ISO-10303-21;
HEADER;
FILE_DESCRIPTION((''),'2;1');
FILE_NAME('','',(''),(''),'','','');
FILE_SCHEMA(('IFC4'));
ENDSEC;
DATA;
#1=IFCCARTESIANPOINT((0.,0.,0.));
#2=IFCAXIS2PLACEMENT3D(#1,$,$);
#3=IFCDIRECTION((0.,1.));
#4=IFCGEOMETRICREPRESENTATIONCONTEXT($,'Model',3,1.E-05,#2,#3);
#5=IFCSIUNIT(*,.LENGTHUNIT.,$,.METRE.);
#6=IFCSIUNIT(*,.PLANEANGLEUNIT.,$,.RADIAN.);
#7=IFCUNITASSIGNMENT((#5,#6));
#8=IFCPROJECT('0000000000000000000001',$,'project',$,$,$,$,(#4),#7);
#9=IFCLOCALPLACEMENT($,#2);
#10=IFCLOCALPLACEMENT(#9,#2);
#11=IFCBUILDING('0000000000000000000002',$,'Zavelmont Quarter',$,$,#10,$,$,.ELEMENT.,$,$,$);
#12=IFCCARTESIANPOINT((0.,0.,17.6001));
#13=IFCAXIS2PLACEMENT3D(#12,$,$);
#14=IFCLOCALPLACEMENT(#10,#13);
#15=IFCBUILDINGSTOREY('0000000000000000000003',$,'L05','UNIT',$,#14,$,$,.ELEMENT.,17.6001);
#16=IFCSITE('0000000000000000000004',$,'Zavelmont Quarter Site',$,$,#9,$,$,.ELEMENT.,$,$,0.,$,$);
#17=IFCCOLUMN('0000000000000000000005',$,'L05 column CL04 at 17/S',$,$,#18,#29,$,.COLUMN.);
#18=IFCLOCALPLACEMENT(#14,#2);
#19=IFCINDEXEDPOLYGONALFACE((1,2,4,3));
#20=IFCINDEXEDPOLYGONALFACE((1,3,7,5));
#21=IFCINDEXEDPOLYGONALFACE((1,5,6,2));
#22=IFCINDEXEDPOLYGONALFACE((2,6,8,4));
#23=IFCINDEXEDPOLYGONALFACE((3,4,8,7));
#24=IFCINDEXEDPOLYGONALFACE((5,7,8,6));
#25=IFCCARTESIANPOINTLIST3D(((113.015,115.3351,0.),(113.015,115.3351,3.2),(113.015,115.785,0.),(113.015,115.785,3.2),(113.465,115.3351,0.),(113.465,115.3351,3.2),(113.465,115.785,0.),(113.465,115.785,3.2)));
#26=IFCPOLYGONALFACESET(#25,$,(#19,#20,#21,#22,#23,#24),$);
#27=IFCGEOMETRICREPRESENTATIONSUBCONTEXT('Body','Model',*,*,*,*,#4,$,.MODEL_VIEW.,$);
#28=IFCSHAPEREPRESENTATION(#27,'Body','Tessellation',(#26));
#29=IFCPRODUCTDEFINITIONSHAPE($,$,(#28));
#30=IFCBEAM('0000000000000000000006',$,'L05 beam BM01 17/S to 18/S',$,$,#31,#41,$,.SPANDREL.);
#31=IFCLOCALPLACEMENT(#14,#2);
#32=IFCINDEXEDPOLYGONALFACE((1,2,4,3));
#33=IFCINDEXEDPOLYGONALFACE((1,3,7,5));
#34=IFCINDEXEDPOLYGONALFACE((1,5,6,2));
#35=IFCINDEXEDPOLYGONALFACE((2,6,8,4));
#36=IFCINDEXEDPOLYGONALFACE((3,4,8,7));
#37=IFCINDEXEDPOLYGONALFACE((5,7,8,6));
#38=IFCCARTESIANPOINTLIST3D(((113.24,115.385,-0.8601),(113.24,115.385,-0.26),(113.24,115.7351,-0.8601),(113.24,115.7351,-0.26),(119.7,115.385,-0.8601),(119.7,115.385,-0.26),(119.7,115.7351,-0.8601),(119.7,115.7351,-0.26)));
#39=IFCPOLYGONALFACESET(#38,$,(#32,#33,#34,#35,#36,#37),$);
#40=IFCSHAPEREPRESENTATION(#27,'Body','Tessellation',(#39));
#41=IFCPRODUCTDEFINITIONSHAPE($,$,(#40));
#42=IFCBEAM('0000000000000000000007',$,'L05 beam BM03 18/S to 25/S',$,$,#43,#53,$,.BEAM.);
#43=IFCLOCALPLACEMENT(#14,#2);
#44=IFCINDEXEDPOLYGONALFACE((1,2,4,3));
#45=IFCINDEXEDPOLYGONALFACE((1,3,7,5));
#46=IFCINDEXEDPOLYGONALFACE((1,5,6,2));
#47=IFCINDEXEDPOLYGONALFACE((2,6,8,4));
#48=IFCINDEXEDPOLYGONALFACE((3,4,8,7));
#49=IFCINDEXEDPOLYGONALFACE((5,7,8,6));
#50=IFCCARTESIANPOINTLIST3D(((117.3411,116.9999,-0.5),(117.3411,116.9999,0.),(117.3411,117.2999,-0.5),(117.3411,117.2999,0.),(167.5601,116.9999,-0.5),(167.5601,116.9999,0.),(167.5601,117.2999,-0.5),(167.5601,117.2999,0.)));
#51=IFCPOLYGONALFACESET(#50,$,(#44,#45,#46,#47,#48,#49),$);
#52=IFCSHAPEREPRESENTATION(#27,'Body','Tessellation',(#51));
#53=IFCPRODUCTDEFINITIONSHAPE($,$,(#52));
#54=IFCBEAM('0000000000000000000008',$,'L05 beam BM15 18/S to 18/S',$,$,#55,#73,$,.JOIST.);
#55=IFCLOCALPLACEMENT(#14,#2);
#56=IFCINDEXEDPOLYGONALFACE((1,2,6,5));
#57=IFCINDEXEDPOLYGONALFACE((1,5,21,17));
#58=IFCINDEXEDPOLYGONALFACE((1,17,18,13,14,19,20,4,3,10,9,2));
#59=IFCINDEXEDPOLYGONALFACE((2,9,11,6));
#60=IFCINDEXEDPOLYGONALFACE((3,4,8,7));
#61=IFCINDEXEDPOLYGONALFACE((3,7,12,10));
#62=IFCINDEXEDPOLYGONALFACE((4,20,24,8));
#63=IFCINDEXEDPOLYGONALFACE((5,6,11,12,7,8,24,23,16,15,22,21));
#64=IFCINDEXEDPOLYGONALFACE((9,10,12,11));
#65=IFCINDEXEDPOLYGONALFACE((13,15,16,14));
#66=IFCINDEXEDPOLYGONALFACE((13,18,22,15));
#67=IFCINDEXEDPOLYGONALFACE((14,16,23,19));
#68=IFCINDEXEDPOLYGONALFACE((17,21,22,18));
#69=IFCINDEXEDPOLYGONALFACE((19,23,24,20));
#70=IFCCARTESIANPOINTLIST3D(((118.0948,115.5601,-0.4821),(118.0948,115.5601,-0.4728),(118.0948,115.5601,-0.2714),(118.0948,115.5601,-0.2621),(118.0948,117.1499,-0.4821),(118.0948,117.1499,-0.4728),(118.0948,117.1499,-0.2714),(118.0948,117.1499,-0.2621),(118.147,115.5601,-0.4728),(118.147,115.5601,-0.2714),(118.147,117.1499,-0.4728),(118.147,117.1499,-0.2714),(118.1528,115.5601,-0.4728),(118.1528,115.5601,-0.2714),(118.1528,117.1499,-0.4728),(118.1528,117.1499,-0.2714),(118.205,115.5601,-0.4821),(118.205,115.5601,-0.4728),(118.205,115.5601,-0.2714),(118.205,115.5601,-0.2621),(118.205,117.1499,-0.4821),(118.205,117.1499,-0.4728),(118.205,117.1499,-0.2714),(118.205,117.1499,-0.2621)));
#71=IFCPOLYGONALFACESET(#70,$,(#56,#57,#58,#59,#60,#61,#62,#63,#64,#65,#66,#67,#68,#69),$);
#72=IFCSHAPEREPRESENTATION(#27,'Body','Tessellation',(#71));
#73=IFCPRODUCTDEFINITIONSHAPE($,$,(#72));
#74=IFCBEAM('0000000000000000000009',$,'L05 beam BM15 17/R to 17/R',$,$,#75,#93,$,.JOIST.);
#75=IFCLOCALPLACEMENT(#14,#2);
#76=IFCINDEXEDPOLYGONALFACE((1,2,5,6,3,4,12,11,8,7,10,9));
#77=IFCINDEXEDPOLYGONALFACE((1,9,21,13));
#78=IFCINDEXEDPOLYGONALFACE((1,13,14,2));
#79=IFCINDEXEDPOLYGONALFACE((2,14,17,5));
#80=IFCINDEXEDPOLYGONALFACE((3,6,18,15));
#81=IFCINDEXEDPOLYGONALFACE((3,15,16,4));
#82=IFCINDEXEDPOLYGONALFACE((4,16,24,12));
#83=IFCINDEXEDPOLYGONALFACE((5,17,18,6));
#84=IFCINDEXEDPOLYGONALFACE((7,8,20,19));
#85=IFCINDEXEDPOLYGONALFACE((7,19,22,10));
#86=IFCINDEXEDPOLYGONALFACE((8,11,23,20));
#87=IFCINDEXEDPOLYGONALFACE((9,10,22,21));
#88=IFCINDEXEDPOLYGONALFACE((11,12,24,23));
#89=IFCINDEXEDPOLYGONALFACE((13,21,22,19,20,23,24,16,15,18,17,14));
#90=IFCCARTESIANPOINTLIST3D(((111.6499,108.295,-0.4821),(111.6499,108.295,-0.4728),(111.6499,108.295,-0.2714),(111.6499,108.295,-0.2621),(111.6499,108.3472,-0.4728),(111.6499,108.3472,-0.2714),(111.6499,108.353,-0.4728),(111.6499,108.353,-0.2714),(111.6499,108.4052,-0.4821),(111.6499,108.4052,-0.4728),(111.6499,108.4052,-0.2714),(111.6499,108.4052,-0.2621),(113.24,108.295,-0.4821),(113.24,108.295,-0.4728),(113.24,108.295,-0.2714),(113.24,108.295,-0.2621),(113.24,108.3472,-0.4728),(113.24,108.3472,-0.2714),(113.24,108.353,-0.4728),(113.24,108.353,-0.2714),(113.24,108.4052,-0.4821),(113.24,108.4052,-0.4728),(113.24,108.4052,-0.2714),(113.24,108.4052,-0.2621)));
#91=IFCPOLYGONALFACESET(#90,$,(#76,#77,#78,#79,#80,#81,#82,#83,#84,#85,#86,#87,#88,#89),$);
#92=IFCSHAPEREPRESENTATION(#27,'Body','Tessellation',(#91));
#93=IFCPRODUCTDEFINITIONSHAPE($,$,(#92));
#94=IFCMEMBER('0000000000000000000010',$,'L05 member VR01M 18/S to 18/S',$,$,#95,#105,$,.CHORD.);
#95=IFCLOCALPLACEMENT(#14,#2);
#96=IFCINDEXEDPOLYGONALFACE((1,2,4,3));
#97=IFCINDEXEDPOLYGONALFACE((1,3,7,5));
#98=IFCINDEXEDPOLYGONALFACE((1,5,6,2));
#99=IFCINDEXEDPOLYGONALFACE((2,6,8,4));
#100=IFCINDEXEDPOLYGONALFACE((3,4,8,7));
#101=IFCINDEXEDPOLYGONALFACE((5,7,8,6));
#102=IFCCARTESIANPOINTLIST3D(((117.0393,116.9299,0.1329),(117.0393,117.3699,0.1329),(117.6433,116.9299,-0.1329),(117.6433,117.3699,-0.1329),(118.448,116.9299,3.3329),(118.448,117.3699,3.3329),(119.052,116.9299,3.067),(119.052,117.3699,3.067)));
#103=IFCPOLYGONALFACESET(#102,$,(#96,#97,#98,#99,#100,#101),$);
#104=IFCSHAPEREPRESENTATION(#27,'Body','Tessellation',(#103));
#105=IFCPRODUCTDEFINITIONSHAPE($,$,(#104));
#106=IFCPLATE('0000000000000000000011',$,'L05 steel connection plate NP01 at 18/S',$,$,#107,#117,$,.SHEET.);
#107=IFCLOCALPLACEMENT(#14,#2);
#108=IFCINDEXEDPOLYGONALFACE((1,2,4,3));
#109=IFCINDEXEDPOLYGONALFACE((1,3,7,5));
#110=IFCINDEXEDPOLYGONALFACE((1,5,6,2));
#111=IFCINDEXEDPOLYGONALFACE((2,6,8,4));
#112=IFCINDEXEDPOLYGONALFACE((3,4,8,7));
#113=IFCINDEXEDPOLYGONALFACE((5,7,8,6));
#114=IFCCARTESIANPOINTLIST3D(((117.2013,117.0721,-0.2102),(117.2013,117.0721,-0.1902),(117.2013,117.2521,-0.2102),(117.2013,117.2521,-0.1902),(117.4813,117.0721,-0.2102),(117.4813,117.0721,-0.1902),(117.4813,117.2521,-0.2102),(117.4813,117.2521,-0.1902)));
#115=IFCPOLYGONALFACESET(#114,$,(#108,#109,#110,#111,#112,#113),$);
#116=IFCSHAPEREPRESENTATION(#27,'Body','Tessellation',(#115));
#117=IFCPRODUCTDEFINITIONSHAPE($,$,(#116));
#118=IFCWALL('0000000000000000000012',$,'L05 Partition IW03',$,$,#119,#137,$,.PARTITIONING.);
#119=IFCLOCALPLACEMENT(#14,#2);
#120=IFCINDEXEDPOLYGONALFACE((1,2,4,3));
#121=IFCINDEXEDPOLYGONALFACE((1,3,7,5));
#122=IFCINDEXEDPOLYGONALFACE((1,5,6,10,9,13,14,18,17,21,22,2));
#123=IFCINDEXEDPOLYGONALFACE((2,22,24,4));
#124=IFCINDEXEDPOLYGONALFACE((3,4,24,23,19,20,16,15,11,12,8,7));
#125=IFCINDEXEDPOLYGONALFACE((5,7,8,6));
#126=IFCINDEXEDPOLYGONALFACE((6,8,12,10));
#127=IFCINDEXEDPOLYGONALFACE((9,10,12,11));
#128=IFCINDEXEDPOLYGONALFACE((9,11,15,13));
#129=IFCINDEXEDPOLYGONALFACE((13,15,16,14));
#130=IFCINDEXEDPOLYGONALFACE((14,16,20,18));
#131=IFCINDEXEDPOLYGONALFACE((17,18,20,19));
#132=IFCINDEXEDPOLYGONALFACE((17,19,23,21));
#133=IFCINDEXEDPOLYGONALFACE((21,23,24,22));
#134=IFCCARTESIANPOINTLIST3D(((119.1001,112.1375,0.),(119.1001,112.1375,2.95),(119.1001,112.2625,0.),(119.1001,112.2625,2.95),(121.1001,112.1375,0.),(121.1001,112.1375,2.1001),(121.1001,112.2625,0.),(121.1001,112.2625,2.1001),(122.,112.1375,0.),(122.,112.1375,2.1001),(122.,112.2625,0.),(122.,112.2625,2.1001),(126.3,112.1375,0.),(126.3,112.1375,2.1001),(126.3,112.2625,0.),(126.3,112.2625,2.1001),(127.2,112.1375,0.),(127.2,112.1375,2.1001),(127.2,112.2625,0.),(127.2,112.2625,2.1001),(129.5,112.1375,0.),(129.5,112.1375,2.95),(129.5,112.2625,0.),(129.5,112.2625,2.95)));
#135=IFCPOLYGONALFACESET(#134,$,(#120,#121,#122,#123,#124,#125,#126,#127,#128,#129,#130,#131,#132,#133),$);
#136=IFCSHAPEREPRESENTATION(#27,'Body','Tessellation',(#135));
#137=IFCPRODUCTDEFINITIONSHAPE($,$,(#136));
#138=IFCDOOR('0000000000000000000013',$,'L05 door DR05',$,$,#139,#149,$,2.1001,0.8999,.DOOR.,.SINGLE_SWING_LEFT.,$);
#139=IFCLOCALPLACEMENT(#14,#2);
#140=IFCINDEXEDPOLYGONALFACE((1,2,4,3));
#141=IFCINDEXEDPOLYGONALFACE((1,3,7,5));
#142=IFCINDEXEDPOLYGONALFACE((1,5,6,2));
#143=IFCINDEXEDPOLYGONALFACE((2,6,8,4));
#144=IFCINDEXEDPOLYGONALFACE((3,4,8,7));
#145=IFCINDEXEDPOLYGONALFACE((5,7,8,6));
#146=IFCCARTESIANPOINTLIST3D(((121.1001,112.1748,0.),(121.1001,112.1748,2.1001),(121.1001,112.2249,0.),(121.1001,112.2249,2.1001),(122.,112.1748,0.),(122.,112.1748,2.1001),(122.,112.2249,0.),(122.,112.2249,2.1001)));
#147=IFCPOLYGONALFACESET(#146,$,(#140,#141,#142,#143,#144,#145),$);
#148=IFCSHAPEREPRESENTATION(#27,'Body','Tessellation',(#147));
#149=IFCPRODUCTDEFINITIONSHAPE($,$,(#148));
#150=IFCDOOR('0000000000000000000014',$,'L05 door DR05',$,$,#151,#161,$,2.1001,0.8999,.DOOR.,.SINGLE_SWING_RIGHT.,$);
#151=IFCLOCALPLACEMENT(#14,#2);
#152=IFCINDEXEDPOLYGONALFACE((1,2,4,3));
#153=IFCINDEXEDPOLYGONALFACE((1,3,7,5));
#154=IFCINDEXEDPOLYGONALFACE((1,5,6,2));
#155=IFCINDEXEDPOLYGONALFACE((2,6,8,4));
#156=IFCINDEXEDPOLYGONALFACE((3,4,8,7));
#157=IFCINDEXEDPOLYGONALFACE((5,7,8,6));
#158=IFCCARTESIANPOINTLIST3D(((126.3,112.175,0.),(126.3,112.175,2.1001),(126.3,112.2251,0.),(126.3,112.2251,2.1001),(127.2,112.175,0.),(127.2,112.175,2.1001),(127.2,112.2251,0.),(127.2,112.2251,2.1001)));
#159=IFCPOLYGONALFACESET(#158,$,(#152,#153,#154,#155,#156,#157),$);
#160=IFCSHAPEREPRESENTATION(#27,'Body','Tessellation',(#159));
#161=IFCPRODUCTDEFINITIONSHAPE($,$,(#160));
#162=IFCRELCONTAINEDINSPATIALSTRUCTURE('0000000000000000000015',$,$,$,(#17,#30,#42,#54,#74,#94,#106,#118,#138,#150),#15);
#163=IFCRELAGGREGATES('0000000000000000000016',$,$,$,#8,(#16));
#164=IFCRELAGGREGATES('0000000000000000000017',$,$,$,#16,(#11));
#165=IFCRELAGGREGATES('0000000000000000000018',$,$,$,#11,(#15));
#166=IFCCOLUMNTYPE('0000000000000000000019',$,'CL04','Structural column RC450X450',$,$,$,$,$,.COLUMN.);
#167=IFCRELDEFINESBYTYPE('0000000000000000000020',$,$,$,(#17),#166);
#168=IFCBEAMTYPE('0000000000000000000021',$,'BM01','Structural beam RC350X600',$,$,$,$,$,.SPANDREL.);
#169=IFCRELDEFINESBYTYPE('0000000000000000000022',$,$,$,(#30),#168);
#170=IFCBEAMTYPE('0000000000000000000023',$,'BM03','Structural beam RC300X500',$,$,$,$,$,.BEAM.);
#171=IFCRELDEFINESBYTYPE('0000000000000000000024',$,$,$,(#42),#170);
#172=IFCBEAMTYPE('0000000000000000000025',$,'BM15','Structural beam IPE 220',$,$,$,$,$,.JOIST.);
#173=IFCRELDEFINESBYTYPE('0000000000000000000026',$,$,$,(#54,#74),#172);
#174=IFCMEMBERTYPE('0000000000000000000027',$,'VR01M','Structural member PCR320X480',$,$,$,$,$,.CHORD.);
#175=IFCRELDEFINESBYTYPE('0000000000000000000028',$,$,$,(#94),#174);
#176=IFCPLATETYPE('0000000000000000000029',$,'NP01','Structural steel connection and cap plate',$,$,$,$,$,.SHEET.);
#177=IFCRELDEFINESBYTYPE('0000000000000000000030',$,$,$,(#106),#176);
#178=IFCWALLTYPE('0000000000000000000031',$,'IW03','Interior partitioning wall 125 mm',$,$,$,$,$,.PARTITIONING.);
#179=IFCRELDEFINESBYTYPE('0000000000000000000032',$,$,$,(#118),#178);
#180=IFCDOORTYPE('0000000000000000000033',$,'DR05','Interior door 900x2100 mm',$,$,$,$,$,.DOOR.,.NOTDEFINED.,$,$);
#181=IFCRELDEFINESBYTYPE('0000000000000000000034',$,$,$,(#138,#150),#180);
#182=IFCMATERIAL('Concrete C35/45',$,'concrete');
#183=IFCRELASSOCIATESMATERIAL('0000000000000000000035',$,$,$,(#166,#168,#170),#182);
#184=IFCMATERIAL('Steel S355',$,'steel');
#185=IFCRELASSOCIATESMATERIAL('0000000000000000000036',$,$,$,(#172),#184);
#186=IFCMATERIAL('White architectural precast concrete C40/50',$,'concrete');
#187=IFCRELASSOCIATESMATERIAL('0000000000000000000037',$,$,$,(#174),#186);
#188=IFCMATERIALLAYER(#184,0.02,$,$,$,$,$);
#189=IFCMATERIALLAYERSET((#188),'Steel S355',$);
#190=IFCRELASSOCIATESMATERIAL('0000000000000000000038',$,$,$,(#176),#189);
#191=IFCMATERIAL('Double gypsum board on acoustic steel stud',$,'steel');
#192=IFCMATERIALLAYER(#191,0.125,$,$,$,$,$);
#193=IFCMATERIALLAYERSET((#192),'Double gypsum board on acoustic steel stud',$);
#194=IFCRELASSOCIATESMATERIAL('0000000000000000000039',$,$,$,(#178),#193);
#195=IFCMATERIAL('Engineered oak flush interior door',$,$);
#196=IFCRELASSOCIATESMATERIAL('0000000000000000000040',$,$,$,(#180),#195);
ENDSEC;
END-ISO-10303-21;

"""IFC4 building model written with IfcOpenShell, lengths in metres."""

from ifc_helpers import new_model, si_unit, direction, frame, frame_2d, origin, origin_with_axes, origin_2d, place, context, subcontext, project, spatial, rectangle, i_section, extrude, material, layer, layer_set, material_profile, profile_set, type_object, element, fill, save


model = new_model("IFC4")

# Units and contexts
model_context = context("Model", 3, precision=1e-05, world=origin(), true_north=direction((0.0, 1.0)))
body_context = subcontext(model_context, "Body", "Model", "MODEL_VIEW")
ifc_project = project(units=[si_unit("LENGTHUNIT", "METRE"), si_unit("PLANEANGLEUNIT", "RADIAN")], contexts=[model_context])

# Site, building, storey
site_placement = place(None, origin())
site = spatial("IfcSite", under=ifc_project, at=site_placement, Name="Zavelmont Quarter Site", CompositionType="ELEMENT", RefElevation=0.0)
building_placement = place(site_placement, origin())
building = spatial("IfcBuilding", under=site, at=building_placement, Name="Zavelmont Quarter", CompositionType="ELEMENT")
storey_placement = place(building_placement, frame((0.0, 0.0, 17.6001)))
storey = spatial("IfcBuildingStorey", under=building, at=storey_placement, Name="L05", Description="UNIT", CompositionType="ELEMENT", Elevation=17.6001)

# Column
ifc_material_1 = material(Name="Concrete C35/45", Category="concrete")
ifc_material_profile_1 = material_profile(ifc_material_1, rectangle(XDim=0.45, YDim=0.45, at=origin_2d()), Name="RC450X450")
ifc_profile_set_1 = profile_set([ifc_material_profile_1], Name="Concrete C35/45")
column_type = type_object("IfcColumnType", Name="CL04", Description="Structural column RC450X450", PredefinedType="COLUMN", material=ifc_profile_set_1)
column_placement = place(storey_placement, frame((113.24, 115.5601, 0.0), z_axis=(0.0, 0.0, 1.0), x_axis=(1.0, 0.0, 0.0)))
element("IfcColumn", 1, at=column_placement, inside=storey, type_object=column_type, Name="L05 column CL04 at 17/S", PredefinedType="COLUMN", context=body_context, shape_type="SweptSolid", body=[
    extrude(rectangle(XDim=0.45, YDim=0.45, at=origin_2d()), origin(), (0.0, 0.0, 1.0), 3.2),
])

# Beams
ifc_material_profile_2 = material_profile(ifc_material_1, rectangle(XDim=0.3501, YDim=0.6001, at=origin_2d()), Name="RC350X600")
ifc_profile_set_2 = profile_set([ifc_material_profile_2], Name="Concrete C35/45")
beam_type_1 = type_object("IfcBeamType", Name="BM01", Description="Structural beam RC350X600", PredefinedType="SPANDREL", material=ifc_profile_set_2)
beam_1_placement = place(storey_placement, frame((113.24, 115.5601, -0.5601), z_axis=(1.0, 0.0, 0.0), x_axis=(0.0, 1.0, 0.0)))
element("IfcBeam", 2, at=beam_1_placement, inside=storey, type_object=beam_type_1, Name="L05 beam BM01 17/S to 18/S", PredefinedType="SPANDREL", context=body_context, shape_type="SweptSolid", body=[
    extrude(rectangle(XDim=0.3501, YDim=0.6001, at=origin_2d()), origin(), (0.0, 0.0, 1.0), 6.46),
])
ifc_material_profile_3 = material_profile(ifc_material_1, rectangle(XDim=0.3, YDim=0.5, at=origin_2d()), Name="RC300X500")
ifc_profile_set_3 = profile_set([ifc_material_profile_3], Name="Concrete C35/45")
beam_type_2 = type_object("IfcBeamType", Name="BM03", Description="Structural beam RC300X500", PredefinedType="BEAM", material=ifc_profile_set_3)
beam_2_placement = place(storey_placement, frame((117.3411, 117.1499, -0.25), z_axis=(1.0, 0.0, 0.0), x_axis=(0.0, 1.0, 0.0)))
element("IfcBeam", 3, at=beam_2_placement, inside=storey, type_object=beam_type_2, Name="L05 beam BM03 18/S to 25/S", PredefinedType="BEAM", context=body_context, shape_type="SweptSolid", body=[
    extrude(rectangle(XDim=0.3, YDim=0.5, at=origin_2d()), origin(), (0.0, 0.0, 1.0), 50.219),
])
ifc_material_2 = material(Name="Steel S355", Category="steel")
ifc_material_profile_4 = material_profile(ifc_material_2, i_section(OverallWidth=0.1101, OverallDepth=0.22, WebThickness=0.0059, FlangeThickness=0.0093, at=origin_2d()), Name="IPE 220")
ifc_profile_set_4 = profile_set([ifc_material_profile_4], Name="Steel S355")
beam_type_3 = type_object("IfcBeamType", Name="BM15", Description="Structural beam IPE 220", PredefinedType="JOIST", material=ifc_profile_set_4)
beam_3_placement = place(storey_placement, frame((118.1499, 115.5601, -0.3721), z_axis=(0.0, 1.0, 0.0), x_axis=(-1.0, 0.0, 0.0)))
element("IfcBeam", 4, at=beam_3_placement, inside=storey, type_object=beam_type_3, Name="L05 beam BM15 18/S to 18/S", PredefinedType="JOIST", context=body_context, shape_type="SweptSolid", body=[
    extrude(i_section(OverallWidth=0.1101, OverallDepth=0.22, WebThickness=0.0059, FlangeThickness=0.0093, at=origin_2d()), origin(), (0.0, 0.0, 1.0), 1.5898),
])
beam_4_placement = place(storey_placement, frame((113.24, 108.3501, -0.3721), z_axis=(-1.0, 0.0, 0.0), x_axis=(0.0, -1.0, 0.0)))
element("IfcBeam", 5, at=beam_4_placement, inside=storey, type_object=beam_type_3, Name="L05 beam BM15 17/R to 17/R", PredefinedType="JOIST", context=body_context, shape_type="SweptSolid", body=[
    extrude(i_section(OverallWidth=0.1101, OverallDepth=0.22, WebThickness=0.0059, FlangeThickness=0.0093, at=origin_2d()), origin(), (0.0, 0.0, 1.0), 1.5901),
])

# Member
ifc_material_3 = material(Name="White architectural precast concrete C40/50", Category="concrete")
ifc_material_profile_5 = material_profile(ifc_material_3, rectangle(XDim=0.4399, YDim=0.6599, at=origin_2d()), Name="PCR320X480")
ifc_profile_set_5 = profile_set([ifc_material_profile_5], Name="White architectural precast concrete C40/50")
member_type = type_object("IfcMemberType", Name="VR01M", Description="Structural member PCR320X480", PredefinedType="CHORD", material=ifc_profile_set_5)
member_placement = place(storey_placement, frame((117.3413, 117.1499, 0.0), z_axis=(0.402909, 0.0, 0.91524), x_axis=(0.0, 1.0, 0.0)))
element("IfcMember", 6, at=member_placement, inside=storey, type_object=member_type, Name="L05 member VR01M 18/S to 18/S", PredefinedType="CHORD", context=body_context, shape_type="SweptSolid", body=[
    extrude(rectangle(XDim=0.4399, YDim=0.6599, at=origin_2d()), origin(), (0.0, 0.0, 1.0), 3.4963),
])

# Plate
ifc_layer_1 = layer(ifc_material_2, 0.02)
ifc_layer_set_1 = layer_set([ifc_layer_1], Name="Steel S355")
plate_type = type_object("IfcPlateType", Name="NP01", Description="Structural steel connection and cap plate", PredefinedType="SHEET", material=ifc_layer_set_1)
plate_placement = place(storey_placement, frame((117.3413, 117.1621, -0.2102), z_axis=(0.0, 0.0, 1.0), x_axis=(1.0, 0.0, 0.0)))
element("IfcPlate", 7, at=plate_placement, inside=storey, type_object=plate_type, Name="L05 steel connection plate NP01 at 18/S", PredefinedType="SHEET", context=body_context, shape_type="SweptSolid", body=[
    extrude(rectangle(XDim=0.28, YDim=0.1799, at=origin_2d()), origin(), (0.0, 0.0, 1.0), 0.02),
])

# Wall, openings, doors
ifc_material_4 = material(Name="Double gypsum board on acoustic steel stud", Category="steel")
ifc_layer_2 = layer(ifc_material_4, 0.125)
ifc_layer_set_2 = layer_set([ifc_layer_2], Name="Double gypsum board on acoustic steel stud")
wall_type_1 = type_object("IfcWallType", Name="IW03", Description="Interior partitioning wall 125 mm", PredefinedType="PARTITIONING", material=ifc_layer_set_2)
wall_1_placement = place(storey_placement, frame((119.1001, 112.2, 0.0), z_axis=(0.0, 0.0, 1.0), x_axis=(1.0, 0.0, 0.0)))
wall_1 = element("IfcWall", 8, at=wall_1_placement, inside=storey, type_object=wall_type_1, Name="L05 Partition IW03", PredefinedType="PARTITIONING", context=body_context, shape_type="SweptSolid", body=[
    extrude(rectangle(XDim=10.3999, YDim=0.125, at=frame_2d((5.2, 0.0))), origin(), (0.0, 0.0, 1.0), 2.95),
])
opening_1_placement = place(wall_1_placement, frame((2.0, 0.0, 0.0)))
opening_1 = element("IfcOpeningElement", 9, at=opening_1_placement, cuts=wall_1, PredefinedType="OPENING", context=body_context, shape_type="SweptSolid", body=[
    extrude(rectangle(XDim=0.8999, YDim=2.1001, at=frame_2d((0.45, 1.05))), frame((0.0, 0.0745, 0.0), z_axis=(0.0, -1.0, 0.0), x_axis=(1.0, 0.0, 0.0)), (0.0, 0.0, 1.0), 0.1489),
])
opening_2_placement = place(wall_1_placement, frame((7.2, 0.0, 0.0)))
opening_2 = element("IfcOpeningElement", 10, at=opening_2_placement, cuts=wall_1, PredefinedType="OPENING", context=body_context, shape_type="SweptSolid", body=[
    extrude(rectangle(XDim=0.8999, YDim=2.1001, at=frame_2d((0.45, 1.05))), frame((0.0, 0.0745, 0.0), z_axis=(0.0, -1.0, 0.0), x_axis=(1.0, 0.0, 0.0)), (0.0, 0.0, 1.0), 0.1489),
])
ifc_material_5 = material(Name="Engineered oak flush interior door")
door_type_1 = type_object("IfcDoorType", Name="DR05", Description="Interior door 900x2100 mm", OperationType="NOTDEFINED", PredefinedType="DOOR", material=ifc_material_5)
door_1_placement = place(opening_1_placement, origin_with_axes())
door_1 = element("IfcDoor", 11, at=door_1_placement, inside=storey, type_object=door_type_1, Name="L05 door DR05", OperationType="SINGLE_SWING_LEFT", OverallHeight=2.1001, OverallWidth=0.8999, PredefinedType="DOOR", context=body_context, shape_type="SweptSolid", body=[
    extrude(rectangle(XDim=0.8999, YDim=2.1001, at=frame_2d((0.45, 1.05))), frame((0.0, 0.0249, 0.0), z_axis=(0.0, -1.0, 0.0), x_axis=(1.0, 0.0, 0.0)), (0.0, 0.0, 1.0), 0.05),
])
fill(opening_1, door_1)
door_2_placement = place(opening_2_placement, frame((0.8999, 0.0, 0.0), z_axis=(0.0, 0.0, 1.0), x_axis=(-1.0, 0.0, 0.0)))
door_2 = element("IfcDoor", 12, at=door_2_placement, inside=storey, type_object=door_type_1, Name="L05 door DR05", OperationType="SINGLE_SWING_RIGHT", OverallHeight=2.1001, OverallWidth=0.8999, PredefinedType="DOOR", context=body_context, shape_type="SweptSolid", body=[
    extrude(rectangle(XDim=0.8999, YDim=2.1001, at=frame_2d((0.45, 1.05))), frame((0.0, 0.0249, 0.0), z_axis=(0.0, -1.0, 0.0), x_axis=(1.0, 0.0, 0.0)), (0.0, 0.0, 1.0), 0.05),
])
fill(opening_2, door_2)

save(model, "model.ifc")
